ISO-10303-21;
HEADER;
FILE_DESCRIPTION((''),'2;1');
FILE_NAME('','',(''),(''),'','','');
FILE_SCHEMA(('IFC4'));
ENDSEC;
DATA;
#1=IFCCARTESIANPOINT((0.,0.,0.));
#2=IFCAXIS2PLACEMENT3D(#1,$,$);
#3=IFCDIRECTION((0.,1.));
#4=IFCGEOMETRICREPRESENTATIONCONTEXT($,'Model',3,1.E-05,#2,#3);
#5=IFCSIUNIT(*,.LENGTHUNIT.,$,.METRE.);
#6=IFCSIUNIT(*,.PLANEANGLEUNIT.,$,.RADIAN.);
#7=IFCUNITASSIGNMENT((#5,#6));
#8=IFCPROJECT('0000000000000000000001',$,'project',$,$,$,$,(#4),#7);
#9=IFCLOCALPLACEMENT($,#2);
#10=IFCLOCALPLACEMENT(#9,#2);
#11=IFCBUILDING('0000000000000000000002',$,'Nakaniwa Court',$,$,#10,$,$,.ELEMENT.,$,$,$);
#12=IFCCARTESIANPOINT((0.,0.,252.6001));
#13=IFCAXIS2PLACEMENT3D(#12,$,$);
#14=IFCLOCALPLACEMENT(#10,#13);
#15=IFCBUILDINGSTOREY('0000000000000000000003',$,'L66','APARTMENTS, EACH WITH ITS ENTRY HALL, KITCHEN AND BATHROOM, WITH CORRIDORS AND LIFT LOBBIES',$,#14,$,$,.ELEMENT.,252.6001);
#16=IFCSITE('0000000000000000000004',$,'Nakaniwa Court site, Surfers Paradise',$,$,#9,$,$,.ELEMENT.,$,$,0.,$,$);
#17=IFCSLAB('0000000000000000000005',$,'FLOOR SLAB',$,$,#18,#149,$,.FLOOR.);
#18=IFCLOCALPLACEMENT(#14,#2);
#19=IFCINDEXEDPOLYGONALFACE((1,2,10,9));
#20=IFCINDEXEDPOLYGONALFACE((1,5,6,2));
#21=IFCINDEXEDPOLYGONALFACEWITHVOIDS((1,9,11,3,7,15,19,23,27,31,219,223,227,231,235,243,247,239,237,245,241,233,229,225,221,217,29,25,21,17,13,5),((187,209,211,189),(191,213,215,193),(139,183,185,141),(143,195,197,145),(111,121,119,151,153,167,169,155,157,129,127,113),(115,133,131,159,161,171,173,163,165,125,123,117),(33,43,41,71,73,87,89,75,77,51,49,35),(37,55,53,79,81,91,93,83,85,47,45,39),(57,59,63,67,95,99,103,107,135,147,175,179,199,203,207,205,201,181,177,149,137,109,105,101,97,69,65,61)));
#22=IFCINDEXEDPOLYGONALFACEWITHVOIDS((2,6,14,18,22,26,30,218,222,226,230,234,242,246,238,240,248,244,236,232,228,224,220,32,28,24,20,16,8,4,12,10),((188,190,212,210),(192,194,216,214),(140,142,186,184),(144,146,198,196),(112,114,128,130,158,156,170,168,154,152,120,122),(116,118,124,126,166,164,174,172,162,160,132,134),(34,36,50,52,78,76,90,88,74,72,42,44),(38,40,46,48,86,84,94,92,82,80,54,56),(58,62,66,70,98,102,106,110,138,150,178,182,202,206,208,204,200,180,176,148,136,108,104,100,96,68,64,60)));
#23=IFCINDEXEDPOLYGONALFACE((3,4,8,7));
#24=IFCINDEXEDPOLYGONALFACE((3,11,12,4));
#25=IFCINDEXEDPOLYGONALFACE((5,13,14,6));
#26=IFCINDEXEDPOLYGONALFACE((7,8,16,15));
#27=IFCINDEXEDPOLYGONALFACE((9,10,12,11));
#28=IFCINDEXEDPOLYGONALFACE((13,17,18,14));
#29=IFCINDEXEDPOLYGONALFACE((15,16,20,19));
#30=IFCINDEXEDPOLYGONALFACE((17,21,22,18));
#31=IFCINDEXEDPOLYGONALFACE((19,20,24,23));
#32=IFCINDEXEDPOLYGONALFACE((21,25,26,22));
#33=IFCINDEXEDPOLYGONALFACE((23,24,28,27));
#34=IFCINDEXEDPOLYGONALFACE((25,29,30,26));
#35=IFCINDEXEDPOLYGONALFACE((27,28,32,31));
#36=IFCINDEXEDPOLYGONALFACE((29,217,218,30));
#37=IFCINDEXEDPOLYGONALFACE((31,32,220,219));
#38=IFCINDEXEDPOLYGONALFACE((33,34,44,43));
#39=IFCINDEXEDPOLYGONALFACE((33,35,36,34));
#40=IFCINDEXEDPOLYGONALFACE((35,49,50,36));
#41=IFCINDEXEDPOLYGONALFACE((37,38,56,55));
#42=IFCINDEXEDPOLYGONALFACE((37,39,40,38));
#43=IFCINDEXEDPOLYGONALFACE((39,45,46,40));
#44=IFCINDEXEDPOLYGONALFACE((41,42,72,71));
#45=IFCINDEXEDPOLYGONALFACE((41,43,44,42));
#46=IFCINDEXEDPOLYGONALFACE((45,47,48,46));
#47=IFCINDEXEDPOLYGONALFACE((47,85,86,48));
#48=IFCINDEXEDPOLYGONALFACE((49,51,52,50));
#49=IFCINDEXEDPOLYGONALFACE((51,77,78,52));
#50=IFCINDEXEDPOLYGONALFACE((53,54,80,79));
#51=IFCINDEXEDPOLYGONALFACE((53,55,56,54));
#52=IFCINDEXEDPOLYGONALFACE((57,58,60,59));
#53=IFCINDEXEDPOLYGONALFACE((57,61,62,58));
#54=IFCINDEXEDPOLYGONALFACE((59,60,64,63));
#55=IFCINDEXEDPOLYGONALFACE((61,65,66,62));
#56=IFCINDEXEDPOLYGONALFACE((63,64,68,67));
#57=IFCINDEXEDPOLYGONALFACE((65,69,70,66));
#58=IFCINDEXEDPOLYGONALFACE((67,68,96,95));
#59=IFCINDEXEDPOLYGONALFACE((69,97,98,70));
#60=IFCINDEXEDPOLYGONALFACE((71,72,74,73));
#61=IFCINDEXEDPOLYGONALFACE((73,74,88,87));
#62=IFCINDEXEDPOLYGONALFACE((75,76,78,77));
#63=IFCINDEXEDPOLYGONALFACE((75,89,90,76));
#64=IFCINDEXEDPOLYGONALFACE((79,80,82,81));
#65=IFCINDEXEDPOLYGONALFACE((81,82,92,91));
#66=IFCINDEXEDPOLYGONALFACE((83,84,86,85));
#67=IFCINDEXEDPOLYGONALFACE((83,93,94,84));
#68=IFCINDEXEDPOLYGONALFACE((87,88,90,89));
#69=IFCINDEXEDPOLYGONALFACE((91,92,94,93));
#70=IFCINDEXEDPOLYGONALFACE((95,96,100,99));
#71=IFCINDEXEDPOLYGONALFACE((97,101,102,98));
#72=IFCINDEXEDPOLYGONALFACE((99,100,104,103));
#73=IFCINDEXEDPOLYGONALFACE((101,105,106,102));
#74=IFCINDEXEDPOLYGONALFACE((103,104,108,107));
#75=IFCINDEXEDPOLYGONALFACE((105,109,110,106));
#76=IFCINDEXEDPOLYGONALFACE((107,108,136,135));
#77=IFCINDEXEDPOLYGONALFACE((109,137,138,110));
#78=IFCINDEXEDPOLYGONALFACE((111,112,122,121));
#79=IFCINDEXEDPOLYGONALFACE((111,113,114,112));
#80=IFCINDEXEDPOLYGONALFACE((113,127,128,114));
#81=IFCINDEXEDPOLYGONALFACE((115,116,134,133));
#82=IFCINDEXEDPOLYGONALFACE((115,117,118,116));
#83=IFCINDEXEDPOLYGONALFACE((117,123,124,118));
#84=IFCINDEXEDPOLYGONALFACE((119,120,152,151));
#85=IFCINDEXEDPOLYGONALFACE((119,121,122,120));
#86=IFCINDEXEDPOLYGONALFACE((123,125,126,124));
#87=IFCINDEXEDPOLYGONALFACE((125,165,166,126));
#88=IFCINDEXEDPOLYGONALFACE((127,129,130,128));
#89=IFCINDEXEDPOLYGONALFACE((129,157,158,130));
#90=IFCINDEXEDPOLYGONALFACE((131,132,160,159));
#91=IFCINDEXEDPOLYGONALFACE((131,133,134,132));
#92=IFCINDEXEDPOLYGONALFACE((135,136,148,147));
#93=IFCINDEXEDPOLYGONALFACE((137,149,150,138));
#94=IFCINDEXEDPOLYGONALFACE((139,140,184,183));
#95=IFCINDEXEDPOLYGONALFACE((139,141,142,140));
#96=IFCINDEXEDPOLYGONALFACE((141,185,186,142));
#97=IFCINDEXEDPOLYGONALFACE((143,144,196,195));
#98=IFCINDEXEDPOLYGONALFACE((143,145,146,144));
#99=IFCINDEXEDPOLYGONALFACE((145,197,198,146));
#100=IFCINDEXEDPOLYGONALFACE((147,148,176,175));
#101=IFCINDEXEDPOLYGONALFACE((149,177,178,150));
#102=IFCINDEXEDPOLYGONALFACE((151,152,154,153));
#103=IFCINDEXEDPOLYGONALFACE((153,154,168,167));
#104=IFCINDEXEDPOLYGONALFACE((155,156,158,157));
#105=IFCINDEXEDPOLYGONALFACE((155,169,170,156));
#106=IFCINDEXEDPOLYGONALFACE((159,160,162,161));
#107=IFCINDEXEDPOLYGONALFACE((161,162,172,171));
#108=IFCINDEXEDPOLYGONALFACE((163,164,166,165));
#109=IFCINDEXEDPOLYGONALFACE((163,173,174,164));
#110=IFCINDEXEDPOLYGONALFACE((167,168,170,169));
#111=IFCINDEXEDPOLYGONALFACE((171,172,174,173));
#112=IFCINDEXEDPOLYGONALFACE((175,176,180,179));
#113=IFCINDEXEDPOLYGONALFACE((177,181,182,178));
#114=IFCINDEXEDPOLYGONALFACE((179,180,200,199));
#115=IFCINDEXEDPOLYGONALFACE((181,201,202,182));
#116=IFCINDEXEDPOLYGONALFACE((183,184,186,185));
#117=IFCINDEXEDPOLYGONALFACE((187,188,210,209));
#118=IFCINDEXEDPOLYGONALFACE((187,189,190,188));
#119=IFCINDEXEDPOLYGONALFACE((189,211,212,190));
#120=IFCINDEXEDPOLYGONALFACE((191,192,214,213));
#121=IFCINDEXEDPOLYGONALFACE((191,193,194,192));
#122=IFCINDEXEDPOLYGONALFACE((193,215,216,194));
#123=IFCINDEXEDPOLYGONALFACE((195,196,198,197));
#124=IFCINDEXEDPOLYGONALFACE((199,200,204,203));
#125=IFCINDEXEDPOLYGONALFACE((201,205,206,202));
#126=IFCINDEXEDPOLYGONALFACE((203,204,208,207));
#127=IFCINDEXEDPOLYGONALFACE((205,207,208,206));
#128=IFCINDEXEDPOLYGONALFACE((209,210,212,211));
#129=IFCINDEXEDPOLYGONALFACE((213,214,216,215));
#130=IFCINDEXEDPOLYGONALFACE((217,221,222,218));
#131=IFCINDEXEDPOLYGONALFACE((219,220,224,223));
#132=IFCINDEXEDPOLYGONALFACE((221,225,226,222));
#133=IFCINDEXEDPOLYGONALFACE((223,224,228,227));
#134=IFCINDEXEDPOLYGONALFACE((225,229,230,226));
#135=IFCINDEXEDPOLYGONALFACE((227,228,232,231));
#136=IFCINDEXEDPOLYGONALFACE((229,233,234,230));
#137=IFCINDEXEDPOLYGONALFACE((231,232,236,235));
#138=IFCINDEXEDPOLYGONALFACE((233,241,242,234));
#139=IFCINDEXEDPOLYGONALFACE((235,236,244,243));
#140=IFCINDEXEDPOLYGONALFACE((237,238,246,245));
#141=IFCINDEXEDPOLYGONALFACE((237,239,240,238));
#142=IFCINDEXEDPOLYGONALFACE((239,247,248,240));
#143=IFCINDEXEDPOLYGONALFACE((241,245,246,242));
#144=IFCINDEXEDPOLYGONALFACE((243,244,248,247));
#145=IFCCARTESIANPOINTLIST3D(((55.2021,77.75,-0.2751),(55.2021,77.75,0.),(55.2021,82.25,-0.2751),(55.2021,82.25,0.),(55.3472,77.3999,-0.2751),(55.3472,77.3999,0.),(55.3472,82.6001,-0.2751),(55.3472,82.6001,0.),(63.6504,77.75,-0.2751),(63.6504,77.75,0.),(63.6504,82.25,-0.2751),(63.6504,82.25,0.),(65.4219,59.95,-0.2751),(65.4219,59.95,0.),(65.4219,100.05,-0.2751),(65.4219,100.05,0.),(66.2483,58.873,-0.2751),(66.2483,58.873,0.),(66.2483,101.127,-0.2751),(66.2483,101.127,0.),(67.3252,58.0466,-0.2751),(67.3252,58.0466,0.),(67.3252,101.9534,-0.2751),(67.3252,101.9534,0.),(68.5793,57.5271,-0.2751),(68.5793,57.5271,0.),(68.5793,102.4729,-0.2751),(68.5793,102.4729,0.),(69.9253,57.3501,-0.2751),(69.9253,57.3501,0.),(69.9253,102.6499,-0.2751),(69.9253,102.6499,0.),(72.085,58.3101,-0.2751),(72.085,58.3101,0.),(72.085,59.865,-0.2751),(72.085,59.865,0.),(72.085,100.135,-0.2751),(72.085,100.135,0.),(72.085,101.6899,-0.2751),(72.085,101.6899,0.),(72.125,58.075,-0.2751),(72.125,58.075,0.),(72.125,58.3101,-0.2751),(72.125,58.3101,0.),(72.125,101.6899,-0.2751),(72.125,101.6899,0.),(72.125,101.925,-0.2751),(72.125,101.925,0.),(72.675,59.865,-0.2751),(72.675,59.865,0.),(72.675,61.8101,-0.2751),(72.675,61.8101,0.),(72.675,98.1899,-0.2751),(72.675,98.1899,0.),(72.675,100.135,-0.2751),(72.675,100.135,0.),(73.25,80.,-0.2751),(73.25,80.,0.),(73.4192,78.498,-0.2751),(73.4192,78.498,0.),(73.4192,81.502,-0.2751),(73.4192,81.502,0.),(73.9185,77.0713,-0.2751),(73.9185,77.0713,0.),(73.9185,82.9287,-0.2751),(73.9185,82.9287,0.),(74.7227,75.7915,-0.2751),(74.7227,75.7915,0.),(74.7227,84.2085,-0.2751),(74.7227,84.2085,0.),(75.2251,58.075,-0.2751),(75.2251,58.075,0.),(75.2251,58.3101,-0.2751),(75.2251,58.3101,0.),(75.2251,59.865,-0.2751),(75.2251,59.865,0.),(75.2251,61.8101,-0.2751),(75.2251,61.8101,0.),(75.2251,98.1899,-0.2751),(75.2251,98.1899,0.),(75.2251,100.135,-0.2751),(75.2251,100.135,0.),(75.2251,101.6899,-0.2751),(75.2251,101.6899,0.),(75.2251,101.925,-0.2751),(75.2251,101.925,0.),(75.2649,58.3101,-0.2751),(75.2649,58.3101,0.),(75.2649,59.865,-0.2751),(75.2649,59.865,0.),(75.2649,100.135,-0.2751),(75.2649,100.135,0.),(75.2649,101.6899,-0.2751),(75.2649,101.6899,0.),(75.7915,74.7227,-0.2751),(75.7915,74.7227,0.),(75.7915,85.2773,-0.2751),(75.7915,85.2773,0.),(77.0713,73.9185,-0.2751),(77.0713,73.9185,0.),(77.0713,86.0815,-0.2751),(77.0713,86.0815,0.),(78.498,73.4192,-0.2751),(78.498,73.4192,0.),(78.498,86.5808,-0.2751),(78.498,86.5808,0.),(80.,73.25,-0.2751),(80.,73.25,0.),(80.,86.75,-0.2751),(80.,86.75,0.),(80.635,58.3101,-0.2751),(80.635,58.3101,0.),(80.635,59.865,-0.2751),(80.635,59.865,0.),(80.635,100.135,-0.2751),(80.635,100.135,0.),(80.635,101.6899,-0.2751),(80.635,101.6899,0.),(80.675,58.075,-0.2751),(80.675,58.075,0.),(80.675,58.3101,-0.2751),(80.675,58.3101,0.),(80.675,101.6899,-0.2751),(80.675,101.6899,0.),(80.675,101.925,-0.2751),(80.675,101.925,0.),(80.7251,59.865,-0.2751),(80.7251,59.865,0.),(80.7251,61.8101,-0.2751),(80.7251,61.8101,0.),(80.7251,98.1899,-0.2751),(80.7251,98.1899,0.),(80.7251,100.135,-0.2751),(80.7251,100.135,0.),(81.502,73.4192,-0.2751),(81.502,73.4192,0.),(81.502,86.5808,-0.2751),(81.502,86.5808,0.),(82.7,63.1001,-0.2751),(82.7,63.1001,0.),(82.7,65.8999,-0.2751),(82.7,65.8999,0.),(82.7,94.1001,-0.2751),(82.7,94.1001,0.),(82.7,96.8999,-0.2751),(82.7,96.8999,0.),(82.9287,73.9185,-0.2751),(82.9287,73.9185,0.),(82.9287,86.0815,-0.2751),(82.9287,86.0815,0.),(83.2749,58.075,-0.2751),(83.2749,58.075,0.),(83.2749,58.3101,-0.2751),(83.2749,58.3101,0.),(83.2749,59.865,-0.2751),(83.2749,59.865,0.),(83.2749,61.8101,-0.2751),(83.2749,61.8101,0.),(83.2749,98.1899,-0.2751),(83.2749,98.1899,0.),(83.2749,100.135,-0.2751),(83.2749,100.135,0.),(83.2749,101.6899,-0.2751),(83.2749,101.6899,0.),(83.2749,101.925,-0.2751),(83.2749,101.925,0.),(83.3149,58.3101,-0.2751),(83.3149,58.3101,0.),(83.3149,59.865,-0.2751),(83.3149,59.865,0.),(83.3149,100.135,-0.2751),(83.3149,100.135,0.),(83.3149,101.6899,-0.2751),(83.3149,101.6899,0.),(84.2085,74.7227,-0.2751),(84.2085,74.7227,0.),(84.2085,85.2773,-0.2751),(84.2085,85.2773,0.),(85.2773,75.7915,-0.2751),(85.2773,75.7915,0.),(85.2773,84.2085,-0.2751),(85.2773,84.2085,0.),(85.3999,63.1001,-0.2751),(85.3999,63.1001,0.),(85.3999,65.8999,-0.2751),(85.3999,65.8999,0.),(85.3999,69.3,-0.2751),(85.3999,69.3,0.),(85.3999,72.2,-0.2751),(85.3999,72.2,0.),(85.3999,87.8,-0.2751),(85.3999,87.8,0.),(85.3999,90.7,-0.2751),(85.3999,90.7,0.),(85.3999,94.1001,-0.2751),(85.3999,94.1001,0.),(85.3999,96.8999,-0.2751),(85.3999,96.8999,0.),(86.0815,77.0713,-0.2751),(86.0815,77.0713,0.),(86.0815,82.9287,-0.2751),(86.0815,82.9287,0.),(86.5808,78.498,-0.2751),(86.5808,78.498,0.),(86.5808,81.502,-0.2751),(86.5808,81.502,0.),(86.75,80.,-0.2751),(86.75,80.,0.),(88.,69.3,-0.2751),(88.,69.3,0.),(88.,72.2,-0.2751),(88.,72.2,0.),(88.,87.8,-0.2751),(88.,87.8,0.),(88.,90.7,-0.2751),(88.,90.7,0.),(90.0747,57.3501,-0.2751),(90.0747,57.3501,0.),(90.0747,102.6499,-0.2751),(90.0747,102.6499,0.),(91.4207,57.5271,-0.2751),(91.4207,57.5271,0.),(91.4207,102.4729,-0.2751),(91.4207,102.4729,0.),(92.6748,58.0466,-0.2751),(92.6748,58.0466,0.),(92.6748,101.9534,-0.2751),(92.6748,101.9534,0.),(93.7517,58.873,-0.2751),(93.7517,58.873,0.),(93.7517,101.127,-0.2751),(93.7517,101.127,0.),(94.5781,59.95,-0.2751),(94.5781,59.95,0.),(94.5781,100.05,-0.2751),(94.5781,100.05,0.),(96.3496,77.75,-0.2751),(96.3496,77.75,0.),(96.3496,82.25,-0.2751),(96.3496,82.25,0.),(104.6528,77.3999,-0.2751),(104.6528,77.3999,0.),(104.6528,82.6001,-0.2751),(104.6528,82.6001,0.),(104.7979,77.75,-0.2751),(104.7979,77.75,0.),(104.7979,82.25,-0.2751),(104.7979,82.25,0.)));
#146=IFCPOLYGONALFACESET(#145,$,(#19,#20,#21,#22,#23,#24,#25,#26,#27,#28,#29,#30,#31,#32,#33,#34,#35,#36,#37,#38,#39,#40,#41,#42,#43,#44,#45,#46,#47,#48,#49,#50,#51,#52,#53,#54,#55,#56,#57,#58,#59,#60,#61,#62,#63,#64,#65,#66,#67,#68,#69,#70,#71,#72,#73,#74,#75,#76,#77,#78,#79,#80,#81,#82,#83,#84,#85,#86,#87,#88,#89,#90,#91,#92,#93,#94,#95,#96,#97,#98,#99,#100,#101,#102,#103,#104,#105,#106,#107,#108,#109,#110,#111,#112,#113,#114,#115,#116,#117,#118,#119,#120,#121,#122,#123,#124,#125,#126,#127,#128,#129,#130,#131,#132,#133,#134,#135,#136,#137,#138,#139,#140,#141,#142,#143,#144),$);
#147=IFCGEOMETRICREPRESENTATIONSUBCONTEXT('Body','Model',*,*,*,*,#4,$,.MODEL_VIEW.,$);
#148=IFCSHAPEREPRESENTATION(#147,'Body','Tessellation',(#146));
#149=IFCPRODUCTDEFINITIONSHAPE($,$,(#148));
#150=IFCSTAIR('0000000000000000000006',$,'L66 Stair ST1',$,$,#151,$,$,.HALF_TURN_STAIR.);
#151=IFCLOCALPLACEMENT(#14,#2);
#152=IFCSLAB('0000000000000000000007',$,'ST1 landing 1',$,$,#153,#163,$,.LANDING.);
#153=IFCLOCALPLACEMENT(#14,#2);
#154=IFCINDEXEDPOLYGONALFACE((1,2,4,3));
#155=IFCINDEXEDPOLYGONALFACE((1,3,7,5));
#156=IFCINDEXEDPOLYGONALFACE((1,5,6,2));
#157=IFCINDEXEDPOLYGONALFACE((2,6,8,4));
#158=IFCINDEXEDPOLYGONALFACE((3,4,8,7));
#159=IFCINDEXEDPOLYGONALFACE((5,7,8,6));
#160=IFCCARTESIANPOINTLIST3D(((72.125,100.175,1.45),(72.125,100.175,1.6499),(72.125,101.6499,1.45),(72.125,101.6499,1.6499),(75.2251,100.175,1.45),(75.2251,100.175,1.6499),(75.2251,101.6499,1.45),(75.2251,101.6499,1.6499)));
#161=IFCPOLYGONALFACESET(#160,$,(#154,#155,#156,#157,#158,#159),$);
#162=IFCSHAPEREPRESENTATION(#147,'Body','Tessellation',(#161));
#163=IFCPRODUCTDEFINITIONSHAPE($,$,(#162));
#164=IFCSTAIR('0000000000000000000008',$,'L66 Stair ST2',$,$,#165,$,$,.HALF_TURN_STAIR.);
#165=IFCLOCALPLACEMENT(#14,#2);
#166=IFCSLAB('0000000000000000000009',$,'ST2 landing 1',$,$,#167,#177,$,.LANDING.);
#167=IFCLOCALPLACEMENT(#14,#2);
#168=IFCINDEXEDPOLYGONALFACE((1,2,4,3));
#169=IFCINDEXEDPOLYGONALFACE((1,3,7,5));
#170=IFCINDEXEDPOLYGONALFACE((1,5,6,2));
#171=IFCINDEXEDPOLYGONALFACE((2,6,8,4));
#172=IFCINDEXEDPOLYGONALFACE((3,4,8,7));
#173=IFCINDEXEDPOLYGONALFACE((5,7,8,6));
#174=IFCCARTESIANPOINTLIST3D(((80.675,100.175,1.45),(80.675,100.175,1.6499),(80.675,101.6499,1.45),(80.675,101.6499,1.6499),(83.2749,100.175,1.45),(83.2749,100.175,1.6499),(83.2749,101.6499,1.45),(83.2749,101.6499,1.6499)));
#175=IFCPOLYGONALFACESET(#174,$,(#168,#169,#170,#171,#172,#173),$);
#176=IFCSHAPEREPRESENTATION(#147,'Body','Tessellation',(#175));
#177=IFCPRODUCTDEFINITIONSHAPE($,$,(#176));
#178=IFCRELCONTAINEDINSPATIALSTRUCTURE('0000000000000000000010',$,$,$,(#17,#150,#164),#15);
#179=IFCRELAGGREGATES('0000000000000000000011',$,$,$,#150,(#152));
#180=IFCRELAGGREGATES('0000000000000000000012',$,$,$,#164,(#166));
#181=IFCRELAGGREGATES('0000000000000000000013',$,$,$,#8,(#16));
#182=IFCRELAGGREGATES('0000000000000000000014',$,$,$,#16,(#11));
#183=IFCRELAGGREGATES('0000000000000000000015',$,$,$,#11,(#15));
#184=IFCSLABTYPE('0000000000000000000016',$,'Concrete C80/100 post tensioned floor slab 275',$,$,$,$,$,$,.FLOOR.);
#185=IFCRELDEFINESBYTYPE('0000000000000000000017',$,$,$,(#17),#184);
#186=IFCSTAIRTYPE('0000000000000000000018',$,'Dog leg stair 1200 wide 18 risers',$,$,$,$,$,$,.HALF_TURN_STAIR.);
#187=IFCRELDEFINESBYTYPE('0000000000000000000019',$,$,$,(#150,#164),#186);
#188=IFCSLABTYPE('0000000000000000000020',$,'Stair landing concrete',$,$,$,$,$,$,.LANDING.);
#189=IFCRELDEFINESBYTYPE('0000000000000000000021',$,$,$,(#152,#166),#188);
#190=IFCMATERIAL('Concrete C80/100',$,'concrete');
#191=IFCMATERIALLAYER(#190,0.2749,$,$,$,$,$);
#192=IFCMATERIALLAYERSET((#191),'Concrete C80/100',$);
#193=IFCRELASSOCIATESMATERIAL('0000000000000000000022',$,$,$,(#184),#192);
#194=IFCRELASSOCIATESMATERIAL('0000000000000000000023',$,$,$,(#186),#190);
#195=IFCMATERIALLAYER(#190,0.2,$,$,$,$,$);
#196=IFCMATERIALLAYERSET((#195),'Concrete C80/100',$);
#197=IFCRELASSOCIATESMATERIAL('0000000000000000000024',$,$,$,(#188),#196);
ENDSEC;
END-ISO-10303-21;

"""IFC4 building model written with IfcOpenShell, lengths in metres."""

from ifc_helpers import new_model, si_unit, direction, frame, origin, place, context, subcontext, project, spatial, polyline, outline, extrude, material, layer, layer_set, type_object, element, aggregate, save


model = new_model("IFC4")

# Units and contexts
model_context = context("Model", 3, precision=1e-05, world=origin(), true_north=direction((0.0, 1.0)))
body_context = subcontext(model_context, "Body", "Model", "MODEL_VIEW")
ifc_project = project(units=[si_unit("LENGTHUNIT", "METRE"), si_unit("PLANEANGLEUNIT", "RADIAN")], contexts=[model_context])

# Site, building, storey
site_placement = place(None, origin())
site = spatial("IfcSite", under=ifc_project, at=site_placement, Name="Nakaniwa Court site, Surfers Paradise", CompositionType="ELEMENT", RefElevation=0.0)
building_placement = place(site_placement, origin())
building = spatial("IfcBuilding", under=site, at=building_placement, Name="Nakaniwa Court", CompositionType="ELEMENT")
storey_placement = place(building_placement, frame((0.0, 0.0, 252.6001)))
storey = spatial("IfcBuildingStorey", under=building, at=storey_placement, Name="L66", Description="APARTMENTS, EACH WITH ITS ENTRY HALL, KITCHEN AND BATHROOM, WITH CORRIDORS AND LIFT LOBBIES", CompositionType="ELEMENT", Elevation=252.6001)

# Shared definitions
ifc_material_1 = material(Name="Concrete C80/100", Category="concrete")

# Slab
ifc_layer_1 = layer(ifc_material_1, 0.2749)
ifc_layer_set_1 = layer_set([ifc_layer_1], Name="Concrete C80/100")
slab_type_1 = type_object("IfcSlabType", Name="Concrete C80/100 post tensioned floor slab 275", PredefinedType="FLOOR", material=ifc_layer_set_1)
slab_1_placement = place(storey_placement, frame((0.0, 0.0, -0.2751)))
element("IfcSlab", 1, at=slab_1_placement, inside=storey, type_object=slab_type_1, Name="FLOOR SLAB", PredefinedType="FLOOR", context=body_context, shape_type="SweptSolid", body=[
    extrude(outline(polyline([(96.3496, 82.25), (104.7979, 82.25), (104.6528, 82.6001), (94.5781, 100.05), (93.7517, 101.127), (92.6748, 101.9534), (91.4207, 102.4729), (90.0747, 102.6499), (69.9253, 102.6499), (68.5793, 102.4729), (67.3252, 101.9534), (66.2483, 101.127), (65.4219, 100.05), (55.3472, 82.6001), (55.2021, 82.25), (63.6504, 82.25), (63.6504, 77.75), (55.2021, 77.75), (55.3472, 77.3999), (65.4219, 59.95), (66.2483, 58.873), (67.3252, 58.0466), (68.5793, 57.5271), (69.9253, 57.3501), (90.0747, 57.3501), (91.4207, 57.5271), (92.6748, 58.0466), (93.7517, 58.873), (94.5781, 59.95), (104.6528, 77.3999), (104.7979, 77.75), (96.3496, 77.75), (96.3496, 82.25)]), holes=[polyline([(81.502, 86.5808), (80.0, 86.75), (78.498, 86.5808), (77.0713, 86.0815), (75.7915, 85.2773), (74.7227, 84.2085), (73.9185, 82.9287), (73.4192, 81.502), (73.25, 80.0), (73.4192, 78.498), (73.9185, 77.0713), (74.7227, 75.7915), (75.7915, 74.7227), (77.0713, 73.9185), (78.498, 73.4192), (80.0, 73.25), (81.502, 73.4192), (82.9287, 73.9185), (84.2085, 74.7227), (85.2773, 75.7915), (86.0815, 77.0713), (86.5808, 78.498), (86.75, 80.0), (86.5808, 81.502), (86.0815, 82.9287), (85.2773, 84.2085), (84.2085, 85.2773), (82.9287, 86.0815), (81.502, 86.5808)]), polyline([(72.675, 61.8101), (72.675, 59.865), (72.085, 59.865), (72.085, 58.3101), (72.125, 58.3101), (72.125, 58.075), (75.2251, 58.075), (75.2251, 58.3101), (75.2649, 58.3101), (75.2649, 59.865), (75.2251, 59.865), (75.2251, 61.8101), (72.675, 61.8101)]), polyline([(83.2749, 61.8101), (80.7251, 61.8101), (80.7251, 59.865), (80.635, 59.865), (80.635, 58.3101), (80.675, 58.3101), (80.675, 58.075), (83.2749, 58.075), (83.2749, 58.3101), (83.3149, 58.3101), (83.3149, 59.865), (83.2749, 59.865), (83.2749, 61.8101)]), polyline([(75.2649, 101.6899), (75.2251, 101.6899), (75.2251, 101.925), (72.125, 101.925), (72.125, 101.6899), (72.085, 101.6899), (72.085, 100.135), (72.675, 100.135), (72.675, 98.1899), (75.2251, 98.1899), (75.2251, 100.135), (75.2649, 100.135), (75.2649, 101.6899)]), polyline([(83.3149, 100.135), (83.3149, 101.6899), (83.2749, 101.6899), (83.2749, 101.925), (80.675, 101.925), (80.675, 101.6899), (80.635, 101.6899), (80.635, 100.135), (80.7251, 100.135), (80.7251, 98.1899), (83.2749, 98.1899), (83.2749, 100.135), (83.3149, 100.135)]), polyline([(85.3999, 65.8999), (82.7, 65.8999), (82.7, 63.1001), (85.3999, 63.1001), (85.3999, 65.8999)]), polyline([(88.0, 72.2), (85.3999, 72.2), (85.3999, 69.3), (88.0, 69.3), (88.0, 72.2)]), polyline([(85.3999, 90.7), (85.3999, 87.8), (88.0, 87.8), (88.0, 90.7), (85.3999, 90.7)]), polyline([(85.3999, 96.8999), (82.7, 96.8999), (82.7, 94.1001), (85.3999, 94.1001), (85.3999, 96.8999)])]), origin(), (0.0, 0.0, 1.0), 0.2751),
])

# Stairs, slabs
stair_type = type_object("IfcStairType", Name="Dog leg stair 1200 wide 18 risers", PredefinedType="HALF_TURN_STAIR", material=ifc_material_1)
stair_1_placement = place(storey_placement, origin())
stair_1 = element("IfcStair", 2, at=stair_1_placement, inside=storey, type_object=stair_type, Name="L66 Stair ST1", PredefinedType="HALF_TURN_STAIR")
ifc_layer_2 = layer(ifc_material_1, 0.2)
ifc_layer_set_2 = layer_set([ifc_layer_2], Name="Concrete C80/100")
slab_type_2 = type_object("IfcSlabType", Name="Stair landing concrete", PredefinedType="LANDING", material=ifc_layer_set_2)
slab_2_placement = place(storey_placement, frame((0.0, 0.0, 1.45)))
slab_2 = element("IfcSlab", 3, at=slab_2_placement, type_object=slab_type_2, Name="ST1 landing 1", PredefinedType="LANDING", context=body_context, shape_type="SweptSolid", body=[
    extrude(outline(polyline([(75.2251, 100.175), (75.2251, 101.6499), (72.125, 101.6499), (72.125, 100.175), (75.2251, 100.175)])), origin(), (0.0, 0.0, 1.0), 0.2),
])
aggregate(stair_1, [slab_2])
stair_2_placement = place(storey_placement, origin())
stair_2 = element("IfcStair", 4, at=stair_2_placement, inside=storey, type_object=stair_type, Name="L66 Stair ST2", PredefinedType="HALF_TURN_STAIR")
slab_3_placement = place(storey_placement, frame((0.0, 0.0, 1.45)))
slab_3 = element("IfcSlab", 5, at=slab_3_placement, type_object=slab_type_2, Name="ST2 landing 1", PredefinedType="LANDING", context=body_context, shape_type="SweptSolid", body=[
    extrude(outline(polyline([(83.2749, 100.175), (83.2749, 101.6499), (80.675, 101.6499), (80.675, 100.175), (83.2749, 100.175)])), origin(), (0.0, 0.0, 1.0), 0.2),
])
aggregate(stair_2, [slab_3])

save(model, "model.ifc")
